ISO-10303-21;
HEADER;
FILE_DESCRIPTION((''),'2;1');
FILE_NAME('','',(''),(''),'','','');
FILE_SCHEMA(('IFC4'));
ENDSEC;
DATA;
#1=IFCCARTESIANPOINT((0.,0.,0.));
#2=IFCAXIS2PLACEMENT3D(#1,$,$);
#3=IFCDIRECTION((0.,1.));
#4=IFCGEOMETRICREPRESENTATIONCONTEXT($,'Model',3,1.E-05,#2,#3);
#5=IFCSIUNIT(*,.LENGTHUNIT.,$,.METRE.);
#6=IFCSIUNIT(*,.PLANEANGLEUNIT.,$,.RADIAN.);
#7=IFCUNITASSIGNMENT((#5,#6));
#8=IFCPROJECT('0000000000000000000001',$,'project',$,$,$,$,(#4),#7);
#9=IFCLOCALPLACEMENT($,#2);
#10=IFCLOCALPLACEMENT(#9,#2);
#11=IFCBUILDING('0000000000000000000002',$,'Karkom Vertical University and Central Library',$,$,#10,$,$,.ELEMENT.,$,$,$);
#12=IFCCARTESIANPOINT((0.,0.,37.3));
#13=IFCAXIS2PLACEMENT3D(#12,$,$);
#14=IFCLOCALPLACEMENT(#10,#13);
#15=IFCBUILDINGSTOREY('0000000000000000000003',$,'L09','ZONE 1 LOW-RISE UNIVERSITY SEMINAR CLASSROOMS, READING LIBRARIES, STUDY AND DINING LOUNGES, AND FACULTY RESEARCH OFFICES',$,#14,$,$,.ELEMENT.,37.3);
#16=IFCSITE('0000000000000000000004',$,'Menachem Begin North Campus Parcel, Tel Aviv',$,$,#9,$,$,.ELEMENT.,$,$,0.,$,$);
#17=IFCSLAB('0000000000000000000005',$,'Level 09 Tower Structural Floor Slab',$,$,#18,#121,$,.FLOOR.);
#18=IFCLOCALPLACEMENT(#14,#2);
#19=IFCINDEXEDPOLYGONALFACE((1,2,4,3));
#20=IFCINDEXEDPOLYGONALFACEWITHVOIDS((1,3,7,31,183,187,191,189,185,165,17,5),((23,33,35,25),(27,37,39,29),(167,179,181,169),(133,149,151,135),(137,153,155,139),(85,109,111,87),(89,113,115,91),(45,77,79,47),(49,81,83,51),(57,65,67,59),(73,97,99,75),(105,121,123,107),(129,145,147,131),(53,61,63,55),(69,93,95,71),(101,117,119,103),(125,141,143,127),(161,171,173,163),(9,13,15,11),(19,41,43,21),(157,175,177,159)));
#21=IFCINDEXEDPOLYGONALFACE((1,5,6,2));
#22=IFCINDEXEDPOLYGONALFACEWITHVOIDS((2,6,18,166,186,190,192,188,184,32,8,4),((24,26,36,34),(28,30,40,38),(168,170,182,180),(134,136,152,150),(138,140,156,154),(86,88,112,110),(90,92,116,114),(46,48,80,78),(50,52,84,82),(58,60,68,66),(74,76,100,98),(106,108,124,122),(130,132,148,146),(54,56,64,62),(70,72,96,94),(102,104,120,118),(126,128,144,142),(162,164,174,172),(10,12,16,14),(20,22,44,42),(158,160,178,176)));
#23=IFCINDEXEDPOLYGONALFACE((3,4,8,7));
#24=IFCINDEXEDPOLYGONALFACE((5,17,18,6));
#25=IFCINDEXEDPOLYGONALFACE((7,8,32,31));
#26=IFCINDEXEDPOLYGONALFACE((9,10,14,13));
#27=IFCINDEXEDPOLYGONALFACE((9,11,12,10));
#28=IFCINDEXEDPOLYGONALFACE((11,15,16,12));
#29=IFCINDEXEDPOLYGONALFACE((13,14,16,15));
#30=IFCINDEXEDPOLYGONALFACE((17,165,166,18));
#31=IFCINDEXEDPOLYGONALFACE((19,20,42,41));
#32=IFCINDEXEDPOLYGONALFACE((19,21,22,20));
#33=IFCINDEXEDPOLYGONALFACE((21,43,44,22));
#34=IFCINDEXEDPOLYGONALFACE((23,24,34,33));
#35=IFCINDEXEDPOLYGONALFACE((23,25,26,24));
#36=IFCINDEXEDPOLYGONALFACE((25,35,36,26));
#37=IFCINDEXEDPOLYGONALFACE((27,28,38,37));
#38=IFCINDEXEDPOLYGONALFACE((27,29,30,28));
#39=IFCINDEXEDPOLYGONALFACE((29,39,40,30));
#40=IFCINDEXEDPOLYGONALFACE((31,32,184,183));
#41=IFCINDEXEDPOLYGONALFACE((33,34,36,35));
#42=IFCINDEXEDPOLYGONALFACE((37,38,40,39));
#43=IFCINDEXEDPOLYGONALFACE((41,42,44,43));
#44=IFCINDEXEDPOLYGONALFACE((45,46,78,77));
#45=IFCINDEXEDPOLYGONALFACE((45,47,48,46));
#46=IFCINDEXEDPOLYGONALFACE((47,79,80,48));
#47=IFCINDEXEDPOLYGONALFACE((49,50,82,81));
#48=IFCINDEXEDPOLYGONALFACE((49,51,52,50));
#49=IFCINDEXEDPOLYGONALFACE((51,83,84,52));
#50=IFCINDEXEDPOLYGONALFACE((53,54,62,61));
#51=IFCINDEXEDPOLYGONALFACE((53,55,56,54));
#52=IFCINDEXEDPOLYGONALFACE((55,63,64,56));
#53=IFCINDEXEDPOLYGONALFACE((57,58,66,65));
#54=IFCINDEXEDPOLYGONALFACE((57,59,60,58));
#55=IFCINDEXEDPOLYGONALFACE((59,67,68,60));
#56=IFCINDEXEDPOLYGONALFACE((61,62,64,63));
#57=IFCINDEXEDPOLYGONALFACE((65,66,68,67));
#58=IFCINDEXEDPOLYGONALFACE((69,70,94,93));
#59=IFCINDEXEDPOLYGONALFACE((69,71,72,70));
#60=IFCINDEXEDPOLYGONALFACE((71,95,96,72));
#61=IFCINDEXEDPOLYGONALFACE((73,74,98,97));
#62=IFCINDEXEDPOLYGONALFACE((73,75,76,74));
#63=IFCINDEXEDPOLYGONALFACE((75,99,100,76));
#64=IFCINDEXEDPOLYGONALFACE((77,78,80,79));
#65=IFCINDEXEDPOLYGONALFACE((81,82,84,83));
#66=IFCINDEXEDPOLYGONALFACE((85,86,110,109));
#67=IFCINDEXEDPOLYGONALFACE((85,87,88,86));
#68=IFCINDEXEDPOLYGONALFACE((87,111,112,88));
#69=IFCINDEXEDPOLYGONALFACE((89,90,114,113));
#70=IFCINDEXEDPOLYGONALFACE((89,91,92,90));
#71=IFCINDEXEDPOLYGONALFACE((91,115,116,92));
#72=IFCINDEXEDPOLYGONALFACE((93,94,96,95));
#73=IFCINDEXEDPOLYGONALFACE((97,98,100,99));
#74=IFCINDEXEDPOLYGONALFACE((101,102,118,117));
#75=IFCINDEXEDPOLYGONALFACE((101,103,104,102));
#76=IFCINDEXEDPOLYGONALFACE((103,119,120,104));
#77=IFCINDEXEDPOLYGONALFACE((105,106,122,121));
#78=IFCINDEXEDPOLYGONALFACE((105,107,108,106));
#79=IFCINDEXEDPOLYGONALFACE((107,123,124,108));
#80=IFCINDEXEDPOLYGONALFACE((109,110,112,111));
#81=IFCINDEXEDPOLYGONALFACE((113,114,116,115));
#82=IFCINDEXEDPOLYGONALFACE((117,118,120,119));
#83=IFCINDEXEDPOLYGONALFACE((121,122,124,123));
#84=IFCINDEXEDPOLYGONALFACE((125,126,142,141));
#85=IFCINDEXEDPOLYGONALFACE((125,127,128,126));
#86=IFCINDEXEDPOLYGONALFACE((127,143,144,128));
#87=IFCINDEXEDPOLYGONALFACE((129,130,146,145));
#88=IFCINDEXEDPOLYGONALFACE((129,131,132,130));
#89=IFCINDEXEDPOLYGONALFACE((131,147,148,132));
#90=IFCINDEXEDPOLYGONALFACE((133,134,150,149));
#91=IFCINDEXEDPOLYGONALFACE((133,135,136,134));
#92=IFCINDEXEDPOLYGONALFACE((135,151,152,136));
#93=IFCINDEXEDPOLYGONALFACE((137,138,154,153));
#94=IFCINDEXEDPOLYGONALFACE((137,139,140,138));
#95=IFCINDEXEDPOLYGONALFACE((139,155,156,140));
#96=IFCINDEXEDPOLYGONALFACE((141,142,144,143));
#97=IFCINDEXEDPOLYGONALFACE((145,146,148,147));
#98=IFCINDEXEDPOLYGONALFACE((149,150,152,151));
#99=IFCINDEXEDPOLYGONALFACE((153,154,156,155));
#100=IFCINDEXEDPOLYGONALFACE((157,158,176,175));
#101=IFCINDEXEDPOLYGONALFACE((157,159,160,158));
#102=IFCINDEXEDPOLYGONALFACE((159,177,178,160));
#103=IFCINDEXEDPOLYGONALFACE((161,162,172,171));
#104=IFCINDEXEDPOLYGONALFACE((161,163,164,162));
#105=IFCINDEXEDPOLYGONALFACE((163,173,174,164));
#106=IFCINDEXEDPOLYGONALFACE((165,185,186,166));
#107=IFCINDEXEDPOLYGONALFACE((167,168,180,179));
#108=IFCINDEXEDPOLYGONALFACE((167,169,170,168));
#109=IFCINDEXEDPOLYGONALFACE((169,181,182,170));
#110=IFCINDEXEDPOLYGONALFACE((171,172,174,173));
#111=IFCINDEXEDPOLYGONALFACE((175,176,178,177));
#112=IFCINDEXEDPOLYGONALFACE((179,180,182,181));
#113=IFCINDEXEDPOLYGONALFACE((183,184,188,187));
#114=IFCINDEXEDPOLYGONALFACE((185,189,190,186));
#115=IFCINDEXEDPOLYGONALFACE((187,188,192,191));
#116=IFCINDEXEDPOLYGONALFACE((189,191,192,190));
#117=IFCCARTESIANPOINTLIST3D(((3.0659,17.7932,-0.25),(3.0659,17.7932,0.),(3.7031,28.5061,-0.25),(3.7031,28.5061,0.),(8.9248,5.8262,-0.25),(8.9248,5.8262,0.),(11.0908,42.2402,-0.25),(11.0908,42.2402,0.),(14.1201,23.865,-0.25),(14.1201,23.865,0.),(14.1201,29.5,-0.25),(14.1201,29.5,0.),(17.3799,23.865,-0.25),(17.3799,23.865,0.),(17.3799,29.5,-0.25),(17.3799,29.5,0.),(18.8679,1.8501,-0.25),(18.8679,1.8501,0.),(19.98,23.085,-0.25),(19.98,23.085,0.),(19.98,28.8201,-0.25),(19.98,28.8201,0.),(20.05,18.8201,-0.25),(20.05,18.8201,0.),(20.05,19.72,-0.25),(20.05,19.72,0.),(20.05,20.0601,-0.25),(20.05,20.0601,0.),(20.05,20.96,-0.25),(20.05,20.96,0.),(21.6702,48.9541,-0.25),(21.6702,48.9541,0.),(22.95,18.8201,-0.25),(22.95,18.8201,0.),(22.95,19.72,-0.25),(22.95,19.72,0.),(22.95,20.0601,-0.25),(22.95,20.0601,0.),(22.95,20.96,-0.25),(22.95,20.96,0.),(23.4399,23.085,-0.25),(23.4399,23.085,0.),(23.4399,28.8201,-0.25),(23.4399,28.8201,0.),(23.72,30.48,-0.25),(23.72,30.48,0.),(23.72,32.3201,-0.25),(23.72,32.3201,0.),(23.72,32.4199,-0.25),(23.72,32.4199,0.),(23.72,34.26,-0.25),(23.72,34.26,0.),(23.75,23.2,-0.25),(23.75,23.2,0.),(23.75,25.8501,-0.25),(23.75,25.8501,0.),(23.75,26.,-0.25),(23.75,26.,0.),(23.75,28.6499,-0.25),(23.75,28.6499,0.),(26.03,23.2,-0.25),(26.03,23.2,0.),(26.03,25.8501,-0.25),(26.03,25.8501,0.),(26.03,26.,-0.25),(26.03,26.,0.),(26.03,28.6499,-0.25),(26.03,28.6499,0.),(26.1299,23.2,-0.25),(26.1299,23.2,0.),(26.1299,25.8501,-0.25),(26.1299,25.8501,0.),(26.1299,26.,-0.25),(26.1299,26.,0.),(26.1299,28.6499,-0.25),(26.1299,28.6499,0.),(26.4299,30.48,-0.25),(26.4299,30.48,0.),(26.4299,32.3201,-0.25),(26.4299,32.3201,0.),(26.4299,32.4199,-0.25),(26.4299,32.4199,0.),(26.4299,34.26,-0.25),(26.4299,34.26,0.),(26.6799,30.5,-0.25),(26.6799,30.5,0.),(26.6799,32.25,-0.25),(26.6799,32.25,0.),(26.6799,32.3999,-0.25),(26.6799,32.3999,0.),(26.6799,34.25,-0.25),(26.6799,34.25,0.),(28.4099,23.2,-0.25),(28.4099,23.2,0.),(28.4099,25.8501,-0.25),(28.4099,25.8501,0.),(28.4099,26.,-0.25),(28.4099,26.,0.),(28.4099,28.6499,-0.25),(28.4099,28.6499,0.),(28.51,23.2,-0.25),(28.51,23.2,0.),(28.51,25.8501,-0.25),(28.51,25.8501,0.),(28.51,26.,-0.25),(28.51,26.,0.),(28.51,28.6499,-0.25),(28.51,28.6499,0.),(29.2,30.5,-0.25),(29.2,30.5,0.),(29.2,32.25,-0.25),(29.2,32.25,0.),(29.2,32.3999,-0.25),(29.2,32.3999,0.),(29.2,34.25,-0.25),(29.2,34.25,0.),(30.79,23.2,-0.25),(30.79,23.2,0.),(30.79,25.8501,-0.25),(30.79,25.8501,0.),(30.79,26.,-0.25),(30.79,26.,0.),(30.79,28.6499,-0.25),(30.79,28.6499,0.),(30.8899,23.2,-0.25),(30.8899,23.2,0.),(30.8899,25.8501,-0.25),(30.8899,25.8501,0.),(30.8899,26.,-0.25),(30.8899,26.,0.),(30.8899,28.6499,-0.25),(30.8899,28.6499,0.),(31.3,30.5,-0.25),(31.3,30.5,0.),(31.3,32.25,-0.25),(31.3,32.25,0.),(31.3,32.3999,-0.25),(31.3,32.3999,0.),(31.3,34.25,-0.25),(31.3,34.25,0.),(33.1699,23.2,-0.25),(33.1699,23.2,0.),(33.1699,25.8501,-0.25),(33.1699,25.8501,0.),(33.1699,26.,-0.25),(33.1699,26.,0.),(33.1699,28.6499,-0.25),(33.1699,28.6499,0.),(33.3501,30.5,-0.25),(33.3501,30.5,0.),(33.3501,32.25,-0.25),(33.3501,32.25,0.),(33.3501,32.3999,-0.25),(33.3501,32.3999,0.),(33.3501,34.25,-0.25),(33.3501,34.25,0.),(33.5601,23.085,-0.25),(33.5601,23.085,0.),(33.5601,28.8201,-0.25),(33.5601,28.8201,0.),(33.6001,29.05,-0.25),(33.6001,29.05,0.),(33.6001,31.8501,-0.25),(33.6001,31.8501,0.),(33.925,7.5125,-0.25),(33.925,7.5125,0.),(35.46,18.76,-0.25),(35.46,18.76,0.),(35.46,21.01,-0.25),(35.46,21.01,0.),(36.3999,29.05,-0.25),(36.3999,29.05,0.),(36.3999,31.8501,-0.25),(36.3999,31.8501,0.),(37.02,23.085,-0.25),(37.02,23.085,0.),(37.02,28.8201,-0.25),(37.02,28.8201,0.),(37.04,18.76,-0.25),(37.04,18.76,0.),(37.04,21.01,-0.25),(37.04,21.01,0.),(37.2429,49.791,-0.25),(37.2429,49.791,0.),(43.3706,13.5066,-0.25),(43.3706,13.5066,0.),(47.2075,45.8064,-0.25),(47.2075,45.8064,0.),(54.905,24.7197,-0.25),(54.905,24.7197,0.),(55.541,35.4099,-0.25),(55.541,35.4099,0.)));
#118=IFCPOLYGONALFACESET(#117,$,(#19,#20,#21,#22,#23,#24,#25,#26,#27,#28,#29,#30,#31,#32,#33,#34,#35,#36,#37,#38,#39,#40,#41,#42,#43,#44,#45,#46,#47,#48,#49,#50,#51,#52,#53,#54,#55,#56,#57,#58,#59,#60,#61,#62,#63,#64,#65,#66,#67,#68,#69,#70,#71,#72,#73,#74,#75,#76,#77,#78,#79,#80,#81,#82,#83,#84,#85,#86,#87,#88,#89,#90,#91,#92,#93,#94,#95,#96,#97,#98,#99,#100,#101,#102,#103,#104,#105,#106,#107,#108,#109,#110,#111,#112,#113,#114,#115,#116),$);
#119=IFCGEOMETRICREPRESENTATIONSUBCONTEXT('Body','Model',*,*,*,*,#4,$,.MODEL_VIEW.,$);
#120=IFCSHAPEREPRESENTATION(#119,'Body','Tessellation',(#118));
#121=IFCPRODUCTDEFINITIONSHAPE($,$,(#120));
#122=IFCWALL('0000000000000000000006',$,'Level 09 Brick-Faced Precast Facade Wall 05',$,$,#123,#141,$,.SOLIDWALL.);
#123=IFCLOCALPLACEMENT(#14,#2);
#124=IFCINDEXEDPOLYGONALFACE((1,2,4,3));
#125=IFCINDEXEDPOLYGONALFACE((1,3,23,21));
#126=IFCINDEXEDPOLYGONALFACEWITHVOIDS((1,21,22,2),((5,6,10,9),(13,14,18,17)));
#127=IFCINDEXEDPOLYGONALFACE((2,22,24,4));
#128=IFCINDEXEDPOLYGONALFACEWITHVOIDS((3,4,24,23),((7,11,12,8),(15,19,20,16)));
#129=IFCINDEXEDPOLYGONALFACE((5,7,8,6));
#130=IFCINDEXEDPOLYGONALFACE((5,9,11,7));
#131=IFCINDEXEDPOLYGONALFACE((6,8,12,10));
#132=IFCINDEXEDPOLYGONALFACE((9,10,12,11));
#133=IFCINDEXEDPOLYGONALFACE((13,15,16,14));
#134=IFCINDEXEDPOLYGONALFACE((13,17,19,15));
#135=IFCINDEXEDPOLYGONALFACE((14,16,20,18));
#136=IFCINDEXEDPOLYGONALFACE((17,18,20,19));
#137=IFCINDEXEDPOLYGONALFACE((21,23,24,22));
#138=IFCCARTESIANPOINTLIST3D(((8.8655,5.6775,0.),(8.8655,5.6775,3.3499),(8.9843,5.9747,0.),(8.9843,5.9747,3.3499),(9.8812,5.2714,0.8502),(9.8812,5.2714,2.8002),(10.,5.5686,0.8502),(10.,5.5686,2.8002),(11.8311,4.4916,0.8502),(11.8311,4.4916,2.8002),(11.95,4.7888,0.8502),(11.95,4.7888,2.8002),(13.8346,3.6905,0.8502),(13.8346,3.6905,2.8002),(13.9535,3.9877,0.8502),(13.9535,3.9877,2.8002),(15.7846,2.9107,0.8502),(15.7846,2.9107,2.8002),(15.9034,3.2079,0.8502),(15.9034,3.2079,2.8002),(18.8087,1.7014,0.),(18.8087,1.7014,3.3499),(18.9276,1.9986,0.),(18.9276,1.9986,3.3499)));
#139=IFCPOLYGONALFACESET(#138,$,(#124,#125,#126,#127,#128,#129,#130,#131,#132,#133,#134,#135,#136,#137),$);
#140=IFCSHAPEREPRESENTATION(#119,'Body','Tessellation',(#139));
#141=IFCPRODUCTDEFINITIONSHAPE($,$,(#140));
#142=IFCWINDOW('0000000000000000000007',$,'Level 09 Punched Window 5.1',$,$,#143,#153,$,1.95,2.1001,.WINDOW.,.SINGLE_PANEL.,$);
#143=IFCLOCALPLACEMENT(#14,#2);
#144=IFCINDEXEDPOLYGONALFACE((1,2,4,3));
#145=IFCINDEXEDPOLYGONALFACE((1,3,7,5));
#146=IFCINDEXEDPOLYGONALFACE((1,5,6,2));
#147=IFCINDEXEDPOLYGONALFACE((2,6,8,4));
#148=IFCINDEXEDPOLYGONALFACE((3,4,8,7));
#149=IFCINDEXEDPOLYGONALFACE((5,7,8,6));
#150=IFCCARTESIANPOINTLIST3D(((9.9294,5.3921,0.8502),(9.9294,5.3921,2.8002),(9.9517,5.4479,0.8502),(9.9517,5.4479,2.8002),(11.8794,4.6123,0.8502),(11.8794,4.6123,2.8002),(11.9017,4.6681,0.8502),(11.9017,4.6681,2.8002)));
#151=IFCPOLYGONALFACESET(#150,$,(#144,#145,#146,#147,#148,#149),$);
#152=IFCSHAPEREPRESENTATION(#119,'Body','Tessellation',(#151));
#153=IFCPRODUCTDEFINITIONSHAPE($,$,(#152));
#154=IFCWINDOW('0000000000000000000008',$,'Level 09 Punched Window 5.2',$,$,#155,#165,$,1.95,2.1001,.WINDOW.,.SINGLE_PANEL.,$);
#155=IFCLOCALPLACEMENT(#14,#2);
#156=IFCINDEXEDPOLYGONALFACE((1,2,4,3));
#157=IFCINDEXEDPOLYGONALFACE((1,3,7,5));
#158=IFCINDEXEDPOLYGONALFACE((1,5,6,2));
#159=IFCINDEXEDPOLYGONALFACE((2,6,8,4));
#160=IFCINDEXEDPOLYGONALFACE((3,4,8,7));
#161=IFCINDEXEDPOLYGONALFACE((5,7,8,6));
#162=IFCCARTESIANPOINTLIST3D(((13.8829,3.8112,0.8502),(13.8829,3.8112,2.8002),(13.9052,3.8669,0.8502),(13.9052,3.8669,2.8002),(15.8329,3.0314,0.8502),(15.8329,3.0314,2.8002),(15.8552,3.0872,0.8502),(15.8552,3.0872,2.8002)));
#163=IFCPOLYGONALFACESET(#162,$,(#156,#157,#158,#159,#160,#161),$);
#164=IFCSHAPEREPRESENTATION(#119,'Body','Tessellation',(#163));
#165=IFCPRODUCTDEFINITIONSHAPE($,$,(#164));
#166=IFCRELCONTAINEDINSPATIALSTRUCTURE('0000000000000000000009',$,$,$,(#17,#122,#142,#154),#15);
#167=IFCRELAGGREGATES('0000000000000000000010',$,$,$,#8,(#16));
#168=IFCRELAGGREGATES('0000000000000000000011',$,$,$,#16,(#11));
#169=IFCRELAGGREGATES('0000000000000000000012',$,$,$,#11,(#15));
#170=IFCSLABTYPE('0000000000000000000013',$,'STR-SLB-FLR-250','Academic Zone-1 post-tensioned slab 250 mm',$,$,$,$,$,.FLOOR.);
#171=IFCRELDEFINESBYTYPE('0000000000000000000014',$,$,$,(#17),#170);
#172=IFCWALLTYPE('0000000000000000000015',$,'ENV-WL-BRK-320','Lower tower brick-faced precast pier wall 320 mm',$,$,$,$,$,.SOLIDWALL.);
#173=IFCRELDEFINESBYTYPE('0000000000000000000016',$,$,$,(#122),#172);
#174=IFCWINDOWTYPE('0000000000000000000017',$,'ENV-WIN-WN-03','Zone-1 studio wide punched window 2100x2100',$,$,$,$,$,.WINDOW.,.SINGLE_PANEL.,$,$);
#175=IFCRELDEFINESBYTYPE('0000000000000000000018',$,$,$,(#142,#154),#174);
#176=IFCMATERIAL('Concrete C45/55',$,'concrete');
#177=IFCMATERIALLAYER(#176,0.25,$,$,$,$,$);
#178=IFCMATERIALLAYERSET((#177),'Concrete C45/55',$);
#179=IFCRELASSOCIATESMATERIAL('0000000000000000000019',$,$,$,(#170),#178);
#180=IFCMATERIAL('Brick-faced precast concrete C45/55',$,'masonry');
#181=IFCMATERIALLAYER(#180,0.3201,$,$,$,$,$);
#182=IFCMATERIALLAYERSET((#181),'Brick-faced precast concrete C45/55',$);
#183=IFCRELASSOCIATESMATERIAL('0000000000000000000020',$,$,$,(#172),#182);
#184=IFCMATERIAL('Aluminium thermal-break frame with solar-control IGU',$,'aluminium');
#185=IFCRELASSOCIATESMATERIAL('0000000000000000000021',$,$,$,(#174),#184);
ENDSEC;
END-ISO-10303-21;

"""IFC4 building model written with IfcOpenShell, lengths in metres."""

from ifc_helpers import new_model, si_unit, direction, frame, frame_2d, origin, origin_with_axes, place, context, subcontext, project, spatial, polyline, rectangle, outline, extrude, source, transform, mapped, material, layer, layer_set, type_object, element, fill, save


model = new_model("IFC4")

# Units and contexts
model_context = context("Model", 3, precision=1e-05, world=origin(), true_north=direction((0.0, 1.0)))
body_context = subcontext(model_context, "Body", "Model", "MODEL_VIEW")
ifc_project = project(units=[si_unit("LENGTHUNIT", "METRE"), si_unit("PLANEANGLEUNIT", "RADIAN")], contexts=[model_context])

# Site, building, storey
site_placement = place(None, origin())
site = spatial("IfcSite", under=ifc_project, at=site_placement, Name="Menachem Begin North Campus Parcel, Tel Aviv", CompositionType="ELEMENT", RefElevation=0.0)
building_placement = place(site_placement, origin())
building = spatial("IfcBuilding", under=site, at=building_placement, Name="Karkom Vertical University and Central Library", CompositionType="ELEMENT")
storey_placement = place(building_placement, frame((0.0, 0.0, 37.3)))
storey = spatial("IfcBuildingStorey", under=building, at=storey_placement, Name="L09", Description="ZONE 1 LOW-RISE UNIVERSITY SEMINAR CLASSROOMS, READING LIBRARIES, STUDY AND DINING LOUNGES, AND FACULTY RESEARCH OFFICES", CompositionType="ELEMENT", Elevation=37.3)

# Shared definitions
ifc_material_1 = material(Name="Concrete C45/55", Category="concrete")

# Slab
ifc_layer_1 = layer(ifc_material_1, 0.25)
ifc_layer_set_1 = layer_set([ifc_layer_1], Name="Concrete C45/55")
slab_type_1 = type_object("IfcSlabType", Name="STR-SLB-FLR-250", Description="Academic Zone-1 post-tensioned slab 250 mm", PredefinedType="FLOOR", material=ifc_layer_set_1)
slab_1_placement = place(storey_placement, frame((0.0, 0.0, -0.25)))
element("IfcSlab", 1, at=slab_1_placement, inside=storey, type_object=slab_type_1, Name="Level 09 Tower Structural Floor Slab", PredefinedType="FLOOR", context=body_context, shape_type="SweptSolid", body=[
    extrude(outline(polyline([(21.6702, 48.9541), (11.0908, 42.2402), (3.7031, 28.5061), (3.0659, 17.7932), (8.9248, 5.8262), (18.8679, 1.8501), (33.925, 7.5125), (43.3706, 13.5066), (54.905, 24.7197), (55.541, 35.4099), (47.2075, 45.8064), (37.2429, 49.791), (21.6702, 48.9541)]), holes=[polyline([(19.98, 23.085), (23.4399, 23.085), (23.4399, 28.8201), (19.98, 28.8201), (19.98, 23.085)]), polyline([(33.5601, 23.085), (37.02, 23.085), (37.02, 28.8201), (33.5601, 28.8201), (33.5601, 23.085)]), polyline([(14.1201, 23.865), (17.3799, 23.865), (17.3799, 29.5), (14.1201, 29.5), (14.1201, 23.865)]), polyline([(23.75, 23.2), (26.03, 23.2), (26.03, 25.8501), (23.75, 25.8501), (23.75, 23.2)]), polyline([(26.1299, 23.2), (28.4099, 23.2), (28.4099, 25.8501), (26.1299, 25.8501), (26.1299, 23.2)]), polyline([(28.51, 23.2), (30.79, 23.2), (30.79, 25.8501), (28.51, 25.8501), (28.51, 23.2)]), polyline([(30.8899, 23.2), (33.1699, 23.2), (33.1699, 25.8501), (30.8899, 25.8501), (30.8899, 23.2)]), polyline([(23.75, 26.0), (26.03, 26.0), (26.03, 28.6499), (23.75, 28.6499), (23.75, 26.0)]), polyline([(26.1299, 26.0), (28.4099, 26.0), (28.4099, 28.6499), (26.1299, 28.6499), (26.1299, 26.0)]), polyline([(28.51, 26.0), (30.79, 26.0), (30.79, 28.6499), (28.51, 28.6499), (28.51, 26.0)]), polyline([(30.8899, 26.0), (33.1699, 26.0), (33.1699, 28.6499), (30.8899, 28.6499), (30.8899, 26.0)]), polyline([(26.6799, 30.5), (29.2, 30.5), (29.2, 32.25), (26.6799, 32.25), (26.6799, 30.5)]), polyline([(26.6799, 32.3999), (29.2, 32.3999), (29.2, 34.25), (26.6799, 34.25), (26.6799, 32.3999)]), polyline([(31.3, 30.5), (33.3501, 30.5), (33.3501, 32.25), (31.3, 32.25), (31.3, 30.5)]), polyline([(31.3, 32.3999), (33.3501, 32.3999), (33.3501, 34.25), (31.3, 34.25), (31.3, 32.3999)]), polyline([(23.72, 30.48), (26.4299, 30.48), (26.4299, 32.3201), (23.72, 32.3201), (23.72, 30.48)]), polyline([(23.72, 32.4199), (26.4299, 32.4199), (26.4299, 34.26), (23.72, 34.26), (23.72, 32.4199)]), polyline([(33.6001, 29.05), (36.3999, 29.05), (36.3999, 31.8501), (33.6001, 31.8501), (33.6001, 29.05)]), polyline([(20.05, 18.8201), (22.95, 18.8201), (22.95, 19.72), (20.05, 19.72), (20.05, 18.8201)]), polyline([(20.05, 20.0601), (22.95, 20.0601), (22.95, 20.96), (20.05, 20.96), (20.05, 20.0601)]), polyline([(35.46, 18.76), (37.04, 18.76), (37.04, 21.01), (35.46, 21.01), (35.46, 18.76)])]), origin(), (0.0, 0.0, 1.0), 0.25),
])

# Wall, openings, windows
ifc_material_2 = material(Name="Brick-faced precast concrete C45/55", Category="masonry")
ifc_layer_2 = layer(ifc_material_2, 0.3201)
ifc_layer_set_2 = layer_set([ifc_layer_2], Name="Brick-faced precast concrete C45/55")
wall_type_1 = type_object("IfcWallType", Name="ENV-WL-BRK-320", Description="Lower tower brick-faced precast pier wall 320 mm", PredefinedType="SOLIDWALL", material=ifc_layer_set_2)
wall_1_placement = place(storey_placement, frame((8.9248, 5.8262, 0.0), z_axis=(0.0, 0.0, 1.0), x_axis=(0.928514, -0.371296, 0.0)))
wall_1 = element("IfcWall", 2, at=wall_1_placement, inside=storey, type_object=wall_type_1, Name="Level 09 Brick-Faced Precast Facade Wall 05", PredefinedType="SOLIDWALL", context=body_context, shape_type="SweptSolid", body=[
    extrude(rectangle(XDim=10.7087, YDim=0.3201, at=frame_2d((5.3545, 0.0))), origin(), (0.0, 0.0, 1.0), 3.3499),
])
opening_1_placement = place(wall_1_placement, frame((1.094, 0.0, 0.8501)))
opening_1 = element("IfcOpeningElement", 3, at=opening_1_placement, cuts=wall_1, PredefinedType="OPENING", context=body_context, shape_type="SweptSolid", body=[
    extrude(rectangle(XDim=2.1001, YDim=1.95, at=frame_2d((1.05, 0.9751))), frame((0.0, 0.1699, 0.0), z_axis=(0.0, -1.0, 0.0), x_axis=(1.0, 0.0, 0.0)), (0.0, 0.0, 1.0), 0.3401),
])
opening_2_placement = place(wall_1_placement, frame((5.3518, 0.0, 0.8501)))
opening_2 = element("IfcOpeningElement", 4, at=opening_2_placement, cuts=wall_1, PredefinedType="OPENING", context=body_context, shape_type="SweptSolid", body=[
    extrude(rectangle(XDim=2.1001, YDim=1.95, at=frame_2d((1.05, 0.9751))), frame((0.0, 0.1699, 0.0), z_axis=(0.0, -1.0, 0.0), x_axis=(1.0, 0.0, 0.0)), (0.0, 0.0, 1.0), 0.3401),
])
ifc_material_3 = material(Name="Aluminium thermal-break frame with solar-control IGU", Category="aluminium")
window_type = type_object("IfcWindowType", Name="ENV-WIN-WN-03", Description="Zone-1 studio wide punched window 2100x2100", PartitioningType="SINGLE_PANEL", PredefinedType="WINDOW", material=ifc_material_3)
shared_shape_1 = source(origin_with_axes(), body_context, "Body", "SweptSolid", [
    extrude(rectangle(XDim=2.1001, YDim=1.95, at=frame_2d((1.05, 0.9751))), frame((0.0, 0.03, 0.0), z_axis=(0.0, -1.0, 0.0), x_axis=(1.0, 0.0, 0.0)), (0.0, 0.0, 1.0), 0.0601),
])
window_1_placement = place(opening_1_placement, origin())
window_1 = element("IfcWindow", 5, at=window_1_placement, inside=storey, type_object=window_type, Name="Level 09 Punched Window 5.1", OverallHeight=1.95, OverallWidth=2.1001, PartitioningType="SINGLE_PANEL", PredefinedType="WINDOW", context=body_context, shape_type="MappedRepresentation", body=[
    mapped(shared_shape_1, transform((0.0, 0.0, 0.0), scale=1.0)),
])
fill(opening_1, window_1)
window_2_placement = place(opening_2_placement, origin())
window_2 = element("IfcWindow", 6, at=window_2_placement, inside=storey, type_object=window_type, Name="Level 09 Punched Window 5.2", OverallHeight=1.95, OverallWidth=2.1001, PartitioningType="SINGLE_PANEL", PredefinedType="WINDOW", context=body_context, shape_type="MappedRepresentation", body=[
    mapped(shared_shape_1, transform((0.0, 0.0, 0.0), scale=1.0)),
])
fill(opening_2, window_2)

save(model, "model.ifc")
